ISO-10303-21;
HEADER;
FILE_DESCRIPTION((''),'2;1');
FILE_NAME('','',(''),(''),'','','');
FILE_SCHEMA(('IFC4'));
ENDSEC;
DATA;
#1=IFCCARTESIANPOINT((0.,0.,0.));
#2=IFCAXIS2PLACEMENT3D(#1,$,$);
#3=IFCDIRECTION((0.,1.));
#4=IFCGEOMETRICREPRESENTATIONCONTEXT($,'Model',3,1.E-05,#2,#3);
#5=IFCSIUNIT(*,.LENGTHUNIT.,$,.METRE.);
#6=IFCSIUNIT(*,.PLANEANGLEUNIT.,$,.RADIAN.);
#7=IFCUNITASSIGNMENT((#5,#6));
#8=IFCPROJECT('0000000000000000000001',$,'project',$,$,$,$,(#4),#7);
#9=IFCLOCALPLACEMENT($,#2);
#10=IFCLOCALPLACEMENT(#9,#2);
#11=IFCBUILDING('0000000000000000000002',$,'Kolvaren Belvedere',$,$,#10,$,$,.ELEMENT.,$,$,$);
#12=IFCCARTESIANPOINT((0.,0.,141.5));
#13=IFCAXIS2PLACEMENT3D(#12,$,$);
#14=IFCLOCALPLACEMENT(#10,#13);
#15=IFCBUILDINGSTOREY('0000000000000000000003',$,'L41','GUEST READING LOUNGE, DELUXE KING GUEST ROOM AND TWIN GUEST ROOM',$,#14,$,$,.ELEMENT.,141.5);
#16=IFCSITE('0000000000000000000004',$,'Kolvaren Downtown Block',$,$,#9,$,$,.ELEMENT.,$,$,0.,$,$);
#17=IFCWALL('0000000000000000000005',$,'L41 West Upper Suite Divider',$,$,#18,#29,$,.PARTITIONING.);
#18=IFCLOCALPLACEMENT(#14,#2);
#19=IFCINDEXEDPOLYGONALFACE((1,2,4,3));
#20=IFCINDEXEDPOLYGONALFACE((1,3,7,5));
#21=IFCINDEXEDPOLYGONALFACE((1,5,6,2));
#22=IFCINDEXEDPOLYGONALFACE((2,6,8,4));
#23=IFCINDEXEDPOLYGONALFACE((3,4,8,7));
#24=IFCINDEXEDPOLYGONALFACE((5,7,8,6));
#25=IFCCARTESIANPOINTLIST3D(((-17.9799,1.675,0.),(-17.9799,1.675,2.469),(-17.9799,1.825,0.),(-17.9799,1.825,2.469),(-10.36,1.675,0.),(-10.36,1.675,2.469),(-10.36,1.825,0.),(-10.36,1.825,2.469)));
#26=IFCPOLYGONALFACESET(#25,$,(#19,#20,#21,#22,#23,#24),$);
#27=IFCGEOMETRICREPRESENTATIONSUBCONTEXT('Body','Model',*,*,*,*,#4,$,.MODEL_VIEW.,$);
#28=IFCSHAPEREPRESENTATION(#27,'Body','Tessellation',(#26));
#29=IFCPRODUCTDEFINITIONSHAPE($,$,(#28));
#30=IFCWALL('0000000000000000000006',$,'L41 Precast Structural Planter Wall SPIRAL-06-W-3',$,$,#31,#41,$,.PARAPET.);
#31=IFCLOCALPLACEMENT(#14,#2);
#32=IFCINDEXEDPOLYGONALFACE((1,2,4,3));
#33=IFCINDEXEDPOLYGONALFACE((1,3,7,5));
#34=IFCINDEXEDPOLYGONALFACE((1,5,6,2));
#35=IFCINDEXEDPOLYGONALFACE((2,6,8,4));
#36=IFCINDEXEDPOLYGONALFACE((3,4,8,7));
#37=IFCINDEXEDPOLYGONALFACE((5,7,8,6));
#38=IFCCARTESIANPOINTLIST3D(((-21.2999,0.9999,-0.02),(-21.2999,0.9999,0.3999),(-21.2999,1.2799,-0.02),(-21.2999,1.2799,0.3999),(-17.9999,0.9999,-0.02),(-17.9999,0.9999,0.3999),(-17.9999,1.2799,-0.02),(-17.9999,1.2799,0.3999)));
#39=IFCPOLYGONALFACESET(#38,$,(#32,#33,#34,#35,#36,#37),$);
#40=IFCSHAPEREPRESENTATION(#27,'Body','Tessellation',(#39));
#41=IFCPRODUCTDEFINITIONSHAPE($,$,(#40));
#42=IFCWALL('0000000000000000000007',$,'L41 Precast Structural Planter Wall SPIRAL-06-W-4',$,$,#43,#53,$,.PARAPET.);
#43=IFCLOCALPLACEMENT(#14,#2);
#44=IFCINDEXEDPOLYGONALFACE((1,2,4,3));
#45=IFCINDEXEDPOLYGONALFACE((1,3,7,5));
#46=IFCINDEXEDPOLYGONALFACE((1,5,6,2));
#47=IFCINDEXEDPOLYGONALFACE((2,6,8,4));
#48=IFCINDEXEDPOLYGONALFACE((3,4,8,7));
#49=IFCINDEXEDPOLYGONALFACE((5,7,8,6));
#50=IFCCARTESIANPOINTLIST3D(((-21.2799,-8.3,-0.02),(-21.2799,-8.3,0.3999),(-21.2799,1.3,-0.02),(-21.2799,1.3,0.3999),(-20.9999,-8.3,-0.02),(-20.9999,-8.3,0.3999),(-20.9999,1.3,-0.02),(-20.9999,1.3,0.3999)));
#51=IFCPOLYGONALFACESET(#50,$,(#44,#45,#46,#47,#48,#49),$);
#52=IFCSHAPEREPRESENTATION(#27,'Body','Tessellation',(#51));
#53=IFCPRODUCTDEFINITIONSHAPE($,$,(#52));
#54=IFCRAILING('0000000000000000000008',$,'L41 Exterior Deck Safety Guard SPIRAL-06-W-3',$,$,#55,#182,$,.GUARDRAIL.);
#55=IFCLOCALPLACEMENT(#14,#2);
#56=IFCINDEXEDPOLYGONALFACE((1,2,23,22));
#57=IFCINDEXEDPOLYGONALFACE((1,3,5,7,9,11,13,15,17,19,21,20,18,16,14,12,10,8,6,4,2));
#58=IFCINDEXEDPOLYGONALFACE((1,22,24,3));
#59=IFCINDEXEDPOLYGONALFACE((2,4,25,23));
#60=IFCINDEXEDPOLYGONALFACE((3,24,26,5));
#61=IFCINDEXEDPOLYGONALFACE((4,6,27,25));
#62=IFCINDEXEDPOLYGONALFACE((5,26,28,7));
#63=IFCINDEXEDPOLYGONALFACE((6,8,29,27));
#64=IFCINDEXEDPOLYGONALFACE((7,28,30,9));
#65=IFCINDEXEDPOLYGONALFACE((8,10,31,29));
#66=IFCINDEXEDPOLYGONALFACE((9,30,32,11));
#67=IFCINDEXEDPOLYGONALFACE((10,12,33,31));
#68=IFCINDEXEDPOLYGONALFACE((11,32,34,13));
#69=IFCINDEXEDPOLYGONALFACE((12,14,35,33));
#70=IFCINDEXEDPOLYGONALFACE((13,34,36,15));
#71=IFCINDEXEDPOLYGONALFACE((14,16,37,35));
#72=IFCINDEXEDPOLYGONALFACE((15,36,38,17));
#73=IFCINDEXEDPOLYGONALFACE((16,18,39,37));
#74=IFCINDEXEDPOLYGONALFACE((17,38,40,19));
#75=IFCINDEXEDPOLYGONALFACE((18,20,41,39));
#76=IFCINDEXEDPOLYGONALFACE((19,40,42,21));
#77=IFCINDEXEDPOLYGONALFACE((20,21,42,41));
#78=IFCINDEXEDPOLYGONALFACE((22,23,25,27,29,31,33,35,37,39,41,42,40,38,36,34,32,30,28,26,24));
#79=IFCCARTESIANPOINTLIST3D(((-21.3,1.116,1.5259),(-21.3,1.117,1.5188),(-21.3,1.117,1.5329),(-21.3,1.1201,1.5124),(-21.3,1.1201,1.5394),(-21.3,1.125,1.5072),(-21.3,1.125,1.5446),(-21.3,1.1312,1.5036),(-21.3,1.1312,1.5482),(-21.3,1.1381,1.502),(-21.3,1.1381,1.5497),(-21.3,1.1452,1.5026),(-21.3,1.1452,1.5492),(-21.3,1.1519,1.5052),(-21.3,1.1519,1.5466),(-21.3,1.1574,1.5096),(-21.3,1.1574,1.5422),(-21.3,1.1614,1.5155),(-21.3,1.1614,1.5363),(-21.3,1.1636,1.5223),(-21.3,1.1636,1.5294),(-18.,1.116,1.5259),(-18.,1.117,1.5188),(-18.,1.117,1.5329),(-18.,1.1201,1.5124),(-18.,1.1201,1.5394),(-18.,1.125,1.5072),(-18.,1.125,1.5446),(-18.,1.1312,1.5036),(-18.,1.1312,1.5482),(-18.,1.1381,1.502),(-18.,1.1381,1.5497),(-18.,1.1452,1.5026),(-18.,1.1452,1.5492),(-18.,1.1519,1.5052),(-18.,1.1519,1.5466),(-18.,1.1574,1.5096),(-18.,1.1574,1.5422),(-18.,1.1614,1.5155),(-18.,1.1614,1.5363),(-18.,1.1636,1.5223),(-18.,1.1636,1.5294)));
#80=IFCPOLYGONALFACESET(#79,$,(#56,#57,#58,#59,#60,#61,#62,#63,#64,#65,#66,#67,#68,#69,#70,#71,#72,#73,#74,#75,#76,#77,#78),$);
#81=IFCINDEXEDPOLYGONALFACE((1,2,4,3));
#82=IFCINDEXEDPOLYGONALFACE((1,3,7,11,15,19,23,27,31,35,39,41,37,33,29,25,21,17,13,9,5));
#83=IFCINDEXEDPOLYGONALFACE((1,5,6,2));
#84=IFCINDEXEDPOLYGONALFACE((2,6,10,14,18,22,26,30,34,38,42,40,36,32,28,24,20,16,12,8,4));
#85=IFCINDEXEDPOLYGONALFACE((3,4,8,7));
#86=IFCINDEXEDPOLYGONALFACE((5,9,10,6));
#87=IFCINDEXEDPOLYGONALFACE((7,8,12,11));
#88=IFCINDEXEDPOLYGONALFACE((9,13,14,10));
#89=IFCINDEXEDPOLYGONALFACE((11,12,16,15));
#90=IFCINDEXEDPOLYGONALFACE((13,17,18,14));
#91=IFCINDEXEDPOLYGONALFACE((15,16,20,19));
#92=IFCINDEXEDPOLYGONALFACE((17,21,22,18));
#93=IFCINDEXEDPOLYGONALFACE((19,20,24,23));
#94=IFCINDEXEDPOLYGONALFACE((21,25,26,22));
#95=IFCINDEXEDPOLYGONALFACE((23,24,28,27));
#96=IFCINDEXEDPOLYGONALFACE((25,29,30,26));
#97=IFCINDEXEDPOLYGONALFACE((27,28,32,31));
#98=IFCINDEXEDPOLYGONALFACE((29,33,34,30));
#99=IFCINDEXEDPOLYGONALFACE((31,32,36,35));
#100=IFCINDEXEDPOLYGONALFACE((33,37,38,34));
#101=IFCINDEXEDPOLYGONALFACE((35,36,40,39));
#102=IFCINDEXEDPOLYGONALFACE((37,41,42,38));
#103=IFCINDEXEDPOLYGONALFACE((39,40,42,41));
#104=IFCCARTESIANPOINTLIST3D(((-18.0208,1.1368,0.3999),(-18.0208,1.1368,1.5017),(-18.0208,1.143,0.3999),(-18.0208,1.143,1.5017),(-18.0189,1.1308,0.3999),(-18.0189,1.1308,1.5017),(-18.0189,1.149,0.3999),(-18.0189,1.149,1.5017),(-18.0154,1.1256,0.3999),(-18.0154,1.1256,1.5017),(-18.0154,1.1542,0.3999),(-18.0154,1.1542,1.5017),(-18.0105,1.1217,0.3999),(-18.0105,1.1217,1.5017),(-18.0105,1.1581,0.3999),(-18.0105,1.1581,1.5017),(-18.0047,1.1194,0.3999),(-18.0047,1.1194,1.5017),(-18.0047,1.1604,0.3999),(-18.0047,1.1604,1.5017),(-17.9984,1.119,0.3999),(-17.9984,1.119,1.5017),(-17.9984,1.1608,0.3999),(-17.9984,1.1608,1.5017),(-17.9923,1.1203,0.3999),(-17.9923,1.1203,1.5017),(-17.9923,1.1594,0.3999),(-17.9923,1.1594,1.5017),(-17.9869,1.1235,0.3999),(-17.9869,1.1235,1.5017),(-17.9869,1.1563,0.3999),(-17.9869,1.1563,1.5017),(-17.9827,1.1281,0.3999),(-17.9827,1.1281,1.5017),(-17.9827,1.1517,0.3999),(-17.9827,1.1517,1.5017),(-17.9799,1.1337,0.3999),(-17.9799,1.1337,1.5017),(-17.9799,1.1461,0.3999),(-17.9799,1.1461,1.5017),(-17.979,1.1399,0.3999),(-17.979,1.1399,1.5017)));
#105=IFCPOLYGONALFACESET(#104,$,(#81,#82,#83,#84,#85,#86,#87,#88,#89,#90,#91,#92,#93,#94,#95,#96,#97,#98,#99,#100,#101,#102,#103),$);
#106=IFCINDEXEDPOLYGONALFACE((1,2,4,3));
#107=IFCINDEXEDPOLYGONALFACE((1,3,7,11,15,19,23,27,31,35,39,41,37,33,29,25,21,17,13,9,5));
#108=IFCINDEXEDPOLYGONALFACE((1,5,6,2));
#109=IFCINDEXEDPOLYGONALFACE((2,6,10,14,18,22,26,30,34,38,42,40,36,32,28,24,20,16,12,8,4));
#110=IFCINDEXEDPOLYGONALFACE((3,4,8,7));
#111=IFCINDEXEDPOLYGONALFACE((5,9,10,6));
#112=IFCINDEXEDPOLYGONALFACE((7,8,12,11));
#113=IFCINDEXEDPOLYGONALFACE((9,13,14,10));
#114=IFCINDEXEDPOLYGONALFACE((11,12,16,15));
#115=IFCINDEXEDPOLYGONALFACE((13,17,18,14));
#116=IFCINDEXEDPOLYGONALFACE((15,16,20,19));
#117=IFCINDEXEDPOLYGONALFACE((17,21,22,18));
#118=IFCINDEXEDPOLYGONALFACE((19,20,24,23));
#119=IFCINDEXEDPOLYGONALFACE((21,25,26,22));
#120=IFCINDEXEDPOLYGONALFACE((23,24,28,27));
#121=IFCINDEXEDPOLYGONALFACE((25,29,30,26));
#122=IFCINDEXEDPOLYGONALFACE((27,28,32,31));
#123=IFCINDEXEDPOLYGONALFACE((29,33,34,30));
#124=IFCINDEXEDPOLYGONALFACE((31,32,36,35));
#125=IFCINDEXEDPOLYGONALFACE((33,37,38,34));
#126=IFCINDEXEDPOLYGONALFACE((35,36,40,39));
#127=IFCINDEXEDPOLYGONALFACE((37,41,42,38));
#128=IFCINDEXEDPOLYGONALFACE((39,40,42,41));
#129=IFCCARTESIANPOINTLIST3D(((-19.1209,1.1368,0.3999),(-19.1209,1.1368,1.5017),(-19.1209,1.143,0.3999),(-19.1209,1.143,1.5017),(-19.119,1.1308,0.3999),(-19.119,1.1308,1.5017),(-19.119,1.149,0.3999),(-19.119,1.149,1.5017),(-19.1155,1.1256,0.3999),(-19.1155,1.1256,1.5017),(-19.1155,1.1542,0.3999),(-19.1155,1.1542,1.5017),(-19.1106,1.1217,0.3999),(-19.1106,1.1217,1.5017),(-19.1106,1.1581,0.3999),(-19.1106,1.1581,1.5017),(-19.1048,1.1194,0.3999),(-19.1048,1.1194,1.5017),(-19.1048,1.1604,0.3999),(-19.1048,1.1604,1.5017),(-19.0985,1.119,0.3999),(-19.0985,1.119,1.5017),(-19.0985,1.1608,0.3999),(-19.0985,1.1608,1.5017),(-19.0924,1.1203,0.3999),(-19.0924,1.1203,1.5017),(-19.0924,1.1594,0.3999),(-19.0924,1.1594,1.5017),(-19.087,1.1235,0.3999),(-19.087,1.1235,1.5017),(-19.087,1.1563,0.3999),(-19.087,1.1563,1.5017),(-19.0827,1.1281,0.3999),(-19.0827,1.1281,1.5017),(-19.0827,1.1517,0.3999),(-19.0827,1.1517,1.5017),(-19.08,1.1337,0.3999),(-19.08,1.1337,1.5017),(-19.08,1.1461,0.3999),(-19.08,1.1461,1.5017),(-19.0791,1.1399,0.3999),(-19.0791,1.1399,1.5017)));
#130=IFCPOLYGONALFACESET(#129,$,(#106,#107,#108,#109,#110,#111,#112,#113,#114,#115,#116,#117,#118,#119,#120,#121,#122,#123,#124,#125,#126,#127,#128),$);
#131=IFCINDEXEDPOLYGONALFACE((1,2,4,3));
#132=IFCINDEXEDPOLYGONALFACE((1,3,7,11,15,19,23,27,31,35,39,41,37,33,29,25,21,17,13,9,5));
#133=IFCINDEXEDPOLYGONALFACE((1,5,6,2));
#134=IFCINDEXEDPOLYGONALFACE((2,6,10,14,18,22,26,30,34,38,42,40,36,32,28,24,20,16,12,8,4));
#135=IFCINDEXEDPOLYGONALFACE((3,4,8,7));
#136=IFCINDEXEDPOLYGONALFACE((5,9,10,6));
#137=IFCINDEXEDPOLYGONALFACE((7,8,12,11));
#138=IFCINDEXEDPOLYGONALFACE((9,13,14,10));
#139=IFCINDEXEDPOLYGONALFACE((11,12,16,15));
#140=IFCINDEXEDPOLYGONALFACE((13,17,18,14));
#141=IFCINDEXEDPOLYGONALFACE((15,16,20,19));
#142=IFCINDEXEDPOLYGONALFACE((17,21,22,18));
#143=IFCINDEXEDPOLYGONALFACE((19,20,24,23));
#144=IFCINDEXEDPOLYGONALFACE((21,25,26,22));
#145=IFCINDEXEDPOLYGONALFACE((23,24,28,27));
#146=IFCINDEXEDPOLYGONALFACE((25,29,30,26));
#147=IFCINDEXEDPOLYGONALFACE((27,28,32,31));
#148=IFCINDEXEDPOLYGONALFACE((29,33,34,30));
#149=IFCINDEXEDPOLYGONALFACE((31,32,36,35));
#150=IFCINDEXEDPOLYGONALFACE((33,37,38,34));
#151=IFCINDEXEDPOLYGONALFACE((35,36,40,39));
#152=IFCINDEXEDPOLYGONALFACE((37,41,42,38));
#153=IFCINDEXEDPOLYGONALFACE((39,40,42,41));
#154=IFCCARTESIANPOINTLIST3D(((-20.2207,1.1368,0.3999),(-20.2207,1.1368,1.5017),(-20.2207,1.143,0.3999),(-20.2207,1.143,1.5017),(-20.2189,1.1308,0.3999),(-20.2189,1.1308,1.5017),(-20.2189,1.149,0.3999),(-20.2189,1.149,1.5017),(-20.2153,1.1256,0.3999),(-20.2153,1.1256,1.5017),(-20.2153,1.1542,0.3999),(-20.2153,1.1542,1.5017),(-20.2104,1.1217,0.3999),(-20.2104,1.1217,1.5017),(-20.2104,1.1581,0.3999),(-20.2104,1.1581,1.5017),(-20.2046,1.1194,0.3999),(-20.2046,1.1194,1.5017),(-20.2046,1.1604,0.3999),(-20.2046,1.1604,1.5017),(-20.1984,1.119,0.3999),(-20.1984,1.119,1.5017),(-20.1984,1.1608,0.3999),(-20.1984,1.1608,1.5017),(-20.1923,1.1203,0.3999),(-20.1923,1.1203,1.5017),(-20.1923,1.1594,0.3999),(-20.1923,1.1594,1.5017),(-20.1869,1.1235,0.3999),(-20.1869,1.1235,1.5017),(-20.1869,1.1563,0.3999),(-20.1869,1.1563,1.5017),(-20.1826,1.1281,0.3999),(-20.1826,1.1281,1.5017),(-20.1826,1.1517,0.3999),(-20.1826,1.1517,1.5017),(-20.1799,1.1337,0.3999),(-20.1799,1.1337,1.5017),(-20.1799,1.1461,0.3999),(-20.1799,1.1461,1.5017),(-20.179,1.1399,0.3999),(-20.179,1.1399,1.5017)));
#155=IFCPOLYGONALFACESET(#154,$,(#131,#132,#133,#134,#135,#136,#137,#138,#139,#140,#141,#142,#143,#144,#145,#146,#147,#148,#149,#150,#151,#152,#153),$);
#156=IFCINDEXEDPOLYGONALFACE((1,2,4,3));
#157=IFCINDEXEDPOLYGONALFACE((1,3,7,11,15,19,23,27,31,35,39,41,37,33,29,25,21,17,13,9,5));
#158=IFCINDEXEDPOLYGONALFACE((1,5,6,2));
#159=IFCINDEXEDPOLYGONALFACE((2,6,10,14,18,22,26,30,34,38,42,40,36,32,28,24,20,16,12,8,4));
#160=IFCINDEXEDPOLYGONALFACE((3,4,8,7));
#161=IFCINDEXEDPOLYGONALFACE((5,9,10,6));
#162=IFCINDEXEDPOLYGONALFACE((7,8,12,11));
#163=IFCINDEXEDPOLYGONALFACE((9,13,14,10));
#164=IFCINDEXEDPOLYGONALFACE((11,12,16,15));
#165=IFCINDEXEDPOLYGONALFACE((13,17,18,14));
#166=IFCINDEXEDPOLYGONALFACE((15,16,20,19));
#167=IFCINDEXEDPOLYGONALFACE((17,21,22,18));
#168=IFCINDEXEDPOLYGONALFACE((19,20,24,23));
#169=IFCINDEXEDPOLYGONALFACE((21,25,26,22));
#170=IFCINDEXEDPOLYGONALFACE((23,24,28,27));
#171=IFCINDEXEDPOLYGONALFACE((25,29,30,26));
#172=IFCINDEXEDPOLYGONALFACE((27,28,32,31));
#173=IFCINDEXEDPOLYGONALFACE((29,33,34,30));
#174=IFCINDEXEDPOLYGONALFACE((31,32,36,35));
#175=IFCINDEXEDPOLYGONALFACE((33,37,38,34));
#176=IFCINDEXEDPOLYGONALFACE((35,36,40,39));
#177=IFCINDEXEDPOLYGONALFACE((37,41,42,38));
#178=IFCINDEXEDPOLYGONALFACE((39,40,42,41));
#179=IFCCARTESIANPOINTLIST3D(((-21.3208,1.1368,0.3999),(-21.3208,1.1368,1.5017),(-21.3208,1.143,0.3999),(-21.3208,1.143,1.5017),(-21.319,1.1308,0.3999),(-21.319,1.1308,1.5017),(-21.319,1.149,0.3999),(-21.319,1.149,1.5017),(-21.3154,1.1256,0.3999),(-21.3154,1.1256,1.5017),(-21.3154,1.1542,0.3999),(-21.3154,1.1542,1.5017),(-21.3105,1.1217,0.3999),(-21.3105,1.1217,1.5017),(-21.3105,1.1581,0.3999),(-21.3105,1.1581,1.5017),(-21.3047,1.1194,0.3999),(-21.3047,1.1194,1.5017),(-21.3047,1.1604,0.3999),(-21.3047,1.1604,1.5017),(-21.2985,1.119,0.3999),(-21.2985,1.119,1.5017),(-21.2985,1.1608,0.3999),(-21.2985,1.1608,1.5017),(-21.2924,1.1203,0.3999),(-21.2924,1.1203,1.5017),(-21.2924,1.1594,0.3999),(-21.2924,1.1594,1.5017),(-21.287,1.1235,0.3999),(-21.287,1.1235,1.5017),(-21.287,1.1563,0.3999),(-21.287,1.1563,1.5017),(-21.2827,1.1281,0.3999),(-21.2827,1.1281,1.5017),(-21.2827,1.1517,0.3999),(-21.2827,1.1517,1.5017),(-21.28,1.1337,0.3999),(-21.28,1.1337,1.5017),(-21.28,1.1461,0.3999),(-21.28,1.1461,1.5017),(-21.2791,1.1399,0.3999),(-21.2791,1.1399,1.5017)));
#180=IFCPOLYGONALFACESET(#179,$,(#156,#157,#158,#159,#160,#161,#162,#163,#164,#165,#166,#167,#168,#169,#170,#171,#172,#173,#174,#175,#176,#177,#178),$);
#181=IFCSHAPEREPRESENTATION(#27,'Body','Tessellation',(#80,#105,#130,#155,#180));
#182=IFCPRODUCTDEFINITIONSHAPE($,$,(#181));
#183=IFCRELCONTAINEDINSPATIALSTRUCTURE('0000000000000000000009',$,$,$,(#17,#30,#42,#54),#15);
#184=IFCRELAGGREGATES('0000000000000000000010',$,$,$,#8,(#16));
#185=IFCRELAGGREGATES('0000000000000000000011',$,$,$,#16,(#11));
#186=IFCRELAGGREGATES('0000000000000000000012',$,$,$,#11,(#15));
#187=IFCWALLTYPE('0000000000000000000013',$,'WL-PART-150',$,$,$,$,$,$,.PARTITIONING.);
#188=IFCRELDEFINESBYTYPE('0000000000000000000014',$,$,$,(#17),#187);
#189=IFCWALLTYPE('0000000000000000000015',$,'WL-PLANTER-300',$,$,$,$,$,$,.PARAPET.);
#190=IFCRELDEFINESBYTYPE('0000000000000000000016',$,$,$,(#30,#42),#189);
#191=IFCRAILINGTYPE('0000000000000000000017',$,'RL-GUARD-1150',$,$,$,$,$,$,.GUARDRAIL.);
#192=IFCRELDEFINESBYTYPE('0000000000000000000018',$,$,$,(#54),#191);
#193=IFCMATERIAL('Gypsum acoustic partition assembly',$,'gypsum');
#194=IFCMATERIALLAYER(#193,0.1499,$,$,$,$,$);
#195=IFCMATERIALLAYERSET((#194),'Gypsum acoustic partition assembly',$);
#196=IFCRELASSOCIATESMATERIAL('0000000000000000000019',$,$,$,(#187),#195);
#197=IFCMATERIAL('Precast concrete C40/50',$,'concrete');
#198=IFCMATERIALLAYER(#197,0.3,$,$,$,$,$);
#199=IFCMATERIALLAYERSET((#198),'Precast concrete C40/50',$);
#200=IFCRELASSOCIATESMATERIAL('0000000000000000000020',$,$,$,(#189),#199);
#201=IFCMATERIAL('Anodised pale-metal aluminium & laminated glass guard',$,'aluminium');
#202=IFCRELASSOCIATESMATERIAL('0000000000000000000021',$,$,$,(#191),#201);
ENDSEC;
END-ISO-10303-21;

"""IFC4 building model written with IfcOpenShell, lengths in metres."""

from ifc_helpers import new_model, si_unit, direction, frame, frame_2d, origin, origin_2d, place, context, subcontext, project, spatial, rectangle, circle, extrude, material, layer, layer_set, type_object, element, save


model = new_model("IFC4")

# Units and contexts
model_context = context("Model", 3, precision=1e-05, world=origin(), true_north=direction((0.0, 1.0)))
body_context = subcontext(model_context, "Body", "Model", "MODEL_VIEW")
ifc_project = project(units=[si_unit("LENGTHUNIT", "METRE"), si_unit("PLANEANGLEUNIT", "RADIAN")], contexts=[model_context])

# Site, building, storey
site_placement = place(None, origin())
site = spatial("IfcSite", under=ifc_project, at=site_placement, Name="Kolvaren Downtown Block", CompositionType="ELEMENT", RefElevation=0.0)
building_placement = place(site_placement, origin())
building = spatial("IfcBuilding", under=site, at=building_placement, Name="Kolvaren Belvedere", CompositionType="ELEMENT")
storey_placement = place(building_placement, frame((0.0, 0.0, 141.5)))
storey = spatial("IfcBuildingStorey", under=building, at=storey_placement, Name="L41", Description="GUEST READING LOUNGE, DELUXE KING GUEST ROOM AND TWIN GUEST ROOM", CompositionType="ELEMENT", Elevation=141.5)

# Walls
ifc_material_1 = material(Name="Gypsum acoustic partition assembly", Category="gypsum")
ifc_layer_1 = layer(ifc_material_1, 0.1499)
ifc_layer_set_1 = layer_set([ifc_layer_1], Name="Gypsum acoustic partition assembly")
wall_type_1 = type_object("IfcWallType", Name="WL-PART-150", PredefinedType="PARTITIONING", material=ifc_layer_set_1)
wall_1_placement = place(storey_placement, frame((-17.98, 1.75, 0.0), z_axis=(0.0, 0.0, 1.0), x_axis=(1.0, 0.0, 0.0)))
element("IfcWall", 1, at=wall_1_placement, inside=storey, type_object=wall_type_1, Name="L41 West Upper Suite Divider", PredefinedType="PARTITIONING", context=body_context, shape_type="SweptSolid", body=[
    extrude(rectangle(XDim=7.6199, YDim=0.1499, at=frame_2d((3.8101, 0.0))), origin(), (0.0, 0.0, 1.0), 2.469),
])
ifc_material_2 = material(Name="Precast concrete C40/50", Category="concrete")
ifc_layer_2 = layer(ifc_material_2, 0.3)
ifc_layer_set_2 = layer_set([ifc_layer_2], Name="Precast concrete C40/50")
wall_type_2 = type_object("IfcWallType", Name="WL-PLANTER-300", PredefinedType="PARAPET", material=ifc_layer_set_2)
wall_2_placement = place(storey_placement, frame((-18.0, 1.1399, -0.02), z_axis=(0.0, 0.0, 1.0), x_axis=(-1.0, 0.0, 0.0)))
element("IfcWall", 2, at=wall_2_placement, inside=storey, type_object=wall_type_2, Name="L41 Precast Structural Planter Wall SPIRAL-06-W-3", PredefinedType="PARAPET", context=body_context, shape_type="SweptSolid", body=[
    extrude(rectangle(XDim=3.3, YDim=0.28, at=frame_2d((1.6499, 0.0))), origin(), (0.0, 0.0, 1.0), 0.4199),
])
wall_3_placement = place(storey_placement, frame((-21.1399, 1.3, -0.02), z_axis=(0.0, 0.0, 1.0), x_axis=(0.0, -1.0, 0.0)))
element("IfcWall", 3, at=wall_3_placement, inside=storey, type_object=wall_type_2, Name="L41 Precast Structural Planter Wall SPIRAL-06-W-4", PredefinedType="PARAPET", context=body_context, shape_type="SweptSolid", body=[
    extrude(rectangle(XDim=9.6001, YDim=0.28, at=frame_2d((4.8, 0.0))), origin(), (0.0, 0.0, 1.0), 0.4199),
])

# Railing
ifc_material_3 = material(Name="Anodised pale-metal aluminium & laminated glass guard", Category="aluminium")
railing_type = type_object("IfcRailingType", Name="RL-GUARD-1150", PredefinedType="GUARDRAIL", material=ifc_material_3)
railing_1_placement = place(storey_placement, frame((-18.0, 1.1399, 0.3999)))
element("IfcRailing", 4, at=railing_1_placement, inside=storey, type_object=railing_type, Name="L41 Exterior Deck Safety Guard SPIRAL-06-W-3", PredefinedType="GUARDRAIL", context=body_context, shape_type="SweptSolid", body=[
    extrude(circle(Radius=0.0239, at=origin_2d()), frame((0.0, 0.0, 1.126), z_axis=(-1.0, 0.0, 0.0), x_axis=(0.0, -1.0, 0.0)), (0.0, 0.0, 1.0), 3.3),
    extrude(circle(Radius=0.021, at=origin_2d()), origin(), (0.0, 0.0, 1.0), 1.1018),
    extrude(circle(Radius=0.021, at=origin_2d()), frame((-1.1001, 0.0, 0.0)), (0.0, 0.0, 1.0), 1.1018),
    extrude(circle(Radius=0.021, at=origin_2d()), frame((-2.2, 0.0, 0.0)), (0.0, 0.0, 1.0), 1.1018),
    extrude(circle(Radius=0.021, at=origin_2d()), frame((-3.3, 0.0, 0.0)), (0.0, 0.0, 1.0), 1.1018),
])

save(model, "model.ifc")
